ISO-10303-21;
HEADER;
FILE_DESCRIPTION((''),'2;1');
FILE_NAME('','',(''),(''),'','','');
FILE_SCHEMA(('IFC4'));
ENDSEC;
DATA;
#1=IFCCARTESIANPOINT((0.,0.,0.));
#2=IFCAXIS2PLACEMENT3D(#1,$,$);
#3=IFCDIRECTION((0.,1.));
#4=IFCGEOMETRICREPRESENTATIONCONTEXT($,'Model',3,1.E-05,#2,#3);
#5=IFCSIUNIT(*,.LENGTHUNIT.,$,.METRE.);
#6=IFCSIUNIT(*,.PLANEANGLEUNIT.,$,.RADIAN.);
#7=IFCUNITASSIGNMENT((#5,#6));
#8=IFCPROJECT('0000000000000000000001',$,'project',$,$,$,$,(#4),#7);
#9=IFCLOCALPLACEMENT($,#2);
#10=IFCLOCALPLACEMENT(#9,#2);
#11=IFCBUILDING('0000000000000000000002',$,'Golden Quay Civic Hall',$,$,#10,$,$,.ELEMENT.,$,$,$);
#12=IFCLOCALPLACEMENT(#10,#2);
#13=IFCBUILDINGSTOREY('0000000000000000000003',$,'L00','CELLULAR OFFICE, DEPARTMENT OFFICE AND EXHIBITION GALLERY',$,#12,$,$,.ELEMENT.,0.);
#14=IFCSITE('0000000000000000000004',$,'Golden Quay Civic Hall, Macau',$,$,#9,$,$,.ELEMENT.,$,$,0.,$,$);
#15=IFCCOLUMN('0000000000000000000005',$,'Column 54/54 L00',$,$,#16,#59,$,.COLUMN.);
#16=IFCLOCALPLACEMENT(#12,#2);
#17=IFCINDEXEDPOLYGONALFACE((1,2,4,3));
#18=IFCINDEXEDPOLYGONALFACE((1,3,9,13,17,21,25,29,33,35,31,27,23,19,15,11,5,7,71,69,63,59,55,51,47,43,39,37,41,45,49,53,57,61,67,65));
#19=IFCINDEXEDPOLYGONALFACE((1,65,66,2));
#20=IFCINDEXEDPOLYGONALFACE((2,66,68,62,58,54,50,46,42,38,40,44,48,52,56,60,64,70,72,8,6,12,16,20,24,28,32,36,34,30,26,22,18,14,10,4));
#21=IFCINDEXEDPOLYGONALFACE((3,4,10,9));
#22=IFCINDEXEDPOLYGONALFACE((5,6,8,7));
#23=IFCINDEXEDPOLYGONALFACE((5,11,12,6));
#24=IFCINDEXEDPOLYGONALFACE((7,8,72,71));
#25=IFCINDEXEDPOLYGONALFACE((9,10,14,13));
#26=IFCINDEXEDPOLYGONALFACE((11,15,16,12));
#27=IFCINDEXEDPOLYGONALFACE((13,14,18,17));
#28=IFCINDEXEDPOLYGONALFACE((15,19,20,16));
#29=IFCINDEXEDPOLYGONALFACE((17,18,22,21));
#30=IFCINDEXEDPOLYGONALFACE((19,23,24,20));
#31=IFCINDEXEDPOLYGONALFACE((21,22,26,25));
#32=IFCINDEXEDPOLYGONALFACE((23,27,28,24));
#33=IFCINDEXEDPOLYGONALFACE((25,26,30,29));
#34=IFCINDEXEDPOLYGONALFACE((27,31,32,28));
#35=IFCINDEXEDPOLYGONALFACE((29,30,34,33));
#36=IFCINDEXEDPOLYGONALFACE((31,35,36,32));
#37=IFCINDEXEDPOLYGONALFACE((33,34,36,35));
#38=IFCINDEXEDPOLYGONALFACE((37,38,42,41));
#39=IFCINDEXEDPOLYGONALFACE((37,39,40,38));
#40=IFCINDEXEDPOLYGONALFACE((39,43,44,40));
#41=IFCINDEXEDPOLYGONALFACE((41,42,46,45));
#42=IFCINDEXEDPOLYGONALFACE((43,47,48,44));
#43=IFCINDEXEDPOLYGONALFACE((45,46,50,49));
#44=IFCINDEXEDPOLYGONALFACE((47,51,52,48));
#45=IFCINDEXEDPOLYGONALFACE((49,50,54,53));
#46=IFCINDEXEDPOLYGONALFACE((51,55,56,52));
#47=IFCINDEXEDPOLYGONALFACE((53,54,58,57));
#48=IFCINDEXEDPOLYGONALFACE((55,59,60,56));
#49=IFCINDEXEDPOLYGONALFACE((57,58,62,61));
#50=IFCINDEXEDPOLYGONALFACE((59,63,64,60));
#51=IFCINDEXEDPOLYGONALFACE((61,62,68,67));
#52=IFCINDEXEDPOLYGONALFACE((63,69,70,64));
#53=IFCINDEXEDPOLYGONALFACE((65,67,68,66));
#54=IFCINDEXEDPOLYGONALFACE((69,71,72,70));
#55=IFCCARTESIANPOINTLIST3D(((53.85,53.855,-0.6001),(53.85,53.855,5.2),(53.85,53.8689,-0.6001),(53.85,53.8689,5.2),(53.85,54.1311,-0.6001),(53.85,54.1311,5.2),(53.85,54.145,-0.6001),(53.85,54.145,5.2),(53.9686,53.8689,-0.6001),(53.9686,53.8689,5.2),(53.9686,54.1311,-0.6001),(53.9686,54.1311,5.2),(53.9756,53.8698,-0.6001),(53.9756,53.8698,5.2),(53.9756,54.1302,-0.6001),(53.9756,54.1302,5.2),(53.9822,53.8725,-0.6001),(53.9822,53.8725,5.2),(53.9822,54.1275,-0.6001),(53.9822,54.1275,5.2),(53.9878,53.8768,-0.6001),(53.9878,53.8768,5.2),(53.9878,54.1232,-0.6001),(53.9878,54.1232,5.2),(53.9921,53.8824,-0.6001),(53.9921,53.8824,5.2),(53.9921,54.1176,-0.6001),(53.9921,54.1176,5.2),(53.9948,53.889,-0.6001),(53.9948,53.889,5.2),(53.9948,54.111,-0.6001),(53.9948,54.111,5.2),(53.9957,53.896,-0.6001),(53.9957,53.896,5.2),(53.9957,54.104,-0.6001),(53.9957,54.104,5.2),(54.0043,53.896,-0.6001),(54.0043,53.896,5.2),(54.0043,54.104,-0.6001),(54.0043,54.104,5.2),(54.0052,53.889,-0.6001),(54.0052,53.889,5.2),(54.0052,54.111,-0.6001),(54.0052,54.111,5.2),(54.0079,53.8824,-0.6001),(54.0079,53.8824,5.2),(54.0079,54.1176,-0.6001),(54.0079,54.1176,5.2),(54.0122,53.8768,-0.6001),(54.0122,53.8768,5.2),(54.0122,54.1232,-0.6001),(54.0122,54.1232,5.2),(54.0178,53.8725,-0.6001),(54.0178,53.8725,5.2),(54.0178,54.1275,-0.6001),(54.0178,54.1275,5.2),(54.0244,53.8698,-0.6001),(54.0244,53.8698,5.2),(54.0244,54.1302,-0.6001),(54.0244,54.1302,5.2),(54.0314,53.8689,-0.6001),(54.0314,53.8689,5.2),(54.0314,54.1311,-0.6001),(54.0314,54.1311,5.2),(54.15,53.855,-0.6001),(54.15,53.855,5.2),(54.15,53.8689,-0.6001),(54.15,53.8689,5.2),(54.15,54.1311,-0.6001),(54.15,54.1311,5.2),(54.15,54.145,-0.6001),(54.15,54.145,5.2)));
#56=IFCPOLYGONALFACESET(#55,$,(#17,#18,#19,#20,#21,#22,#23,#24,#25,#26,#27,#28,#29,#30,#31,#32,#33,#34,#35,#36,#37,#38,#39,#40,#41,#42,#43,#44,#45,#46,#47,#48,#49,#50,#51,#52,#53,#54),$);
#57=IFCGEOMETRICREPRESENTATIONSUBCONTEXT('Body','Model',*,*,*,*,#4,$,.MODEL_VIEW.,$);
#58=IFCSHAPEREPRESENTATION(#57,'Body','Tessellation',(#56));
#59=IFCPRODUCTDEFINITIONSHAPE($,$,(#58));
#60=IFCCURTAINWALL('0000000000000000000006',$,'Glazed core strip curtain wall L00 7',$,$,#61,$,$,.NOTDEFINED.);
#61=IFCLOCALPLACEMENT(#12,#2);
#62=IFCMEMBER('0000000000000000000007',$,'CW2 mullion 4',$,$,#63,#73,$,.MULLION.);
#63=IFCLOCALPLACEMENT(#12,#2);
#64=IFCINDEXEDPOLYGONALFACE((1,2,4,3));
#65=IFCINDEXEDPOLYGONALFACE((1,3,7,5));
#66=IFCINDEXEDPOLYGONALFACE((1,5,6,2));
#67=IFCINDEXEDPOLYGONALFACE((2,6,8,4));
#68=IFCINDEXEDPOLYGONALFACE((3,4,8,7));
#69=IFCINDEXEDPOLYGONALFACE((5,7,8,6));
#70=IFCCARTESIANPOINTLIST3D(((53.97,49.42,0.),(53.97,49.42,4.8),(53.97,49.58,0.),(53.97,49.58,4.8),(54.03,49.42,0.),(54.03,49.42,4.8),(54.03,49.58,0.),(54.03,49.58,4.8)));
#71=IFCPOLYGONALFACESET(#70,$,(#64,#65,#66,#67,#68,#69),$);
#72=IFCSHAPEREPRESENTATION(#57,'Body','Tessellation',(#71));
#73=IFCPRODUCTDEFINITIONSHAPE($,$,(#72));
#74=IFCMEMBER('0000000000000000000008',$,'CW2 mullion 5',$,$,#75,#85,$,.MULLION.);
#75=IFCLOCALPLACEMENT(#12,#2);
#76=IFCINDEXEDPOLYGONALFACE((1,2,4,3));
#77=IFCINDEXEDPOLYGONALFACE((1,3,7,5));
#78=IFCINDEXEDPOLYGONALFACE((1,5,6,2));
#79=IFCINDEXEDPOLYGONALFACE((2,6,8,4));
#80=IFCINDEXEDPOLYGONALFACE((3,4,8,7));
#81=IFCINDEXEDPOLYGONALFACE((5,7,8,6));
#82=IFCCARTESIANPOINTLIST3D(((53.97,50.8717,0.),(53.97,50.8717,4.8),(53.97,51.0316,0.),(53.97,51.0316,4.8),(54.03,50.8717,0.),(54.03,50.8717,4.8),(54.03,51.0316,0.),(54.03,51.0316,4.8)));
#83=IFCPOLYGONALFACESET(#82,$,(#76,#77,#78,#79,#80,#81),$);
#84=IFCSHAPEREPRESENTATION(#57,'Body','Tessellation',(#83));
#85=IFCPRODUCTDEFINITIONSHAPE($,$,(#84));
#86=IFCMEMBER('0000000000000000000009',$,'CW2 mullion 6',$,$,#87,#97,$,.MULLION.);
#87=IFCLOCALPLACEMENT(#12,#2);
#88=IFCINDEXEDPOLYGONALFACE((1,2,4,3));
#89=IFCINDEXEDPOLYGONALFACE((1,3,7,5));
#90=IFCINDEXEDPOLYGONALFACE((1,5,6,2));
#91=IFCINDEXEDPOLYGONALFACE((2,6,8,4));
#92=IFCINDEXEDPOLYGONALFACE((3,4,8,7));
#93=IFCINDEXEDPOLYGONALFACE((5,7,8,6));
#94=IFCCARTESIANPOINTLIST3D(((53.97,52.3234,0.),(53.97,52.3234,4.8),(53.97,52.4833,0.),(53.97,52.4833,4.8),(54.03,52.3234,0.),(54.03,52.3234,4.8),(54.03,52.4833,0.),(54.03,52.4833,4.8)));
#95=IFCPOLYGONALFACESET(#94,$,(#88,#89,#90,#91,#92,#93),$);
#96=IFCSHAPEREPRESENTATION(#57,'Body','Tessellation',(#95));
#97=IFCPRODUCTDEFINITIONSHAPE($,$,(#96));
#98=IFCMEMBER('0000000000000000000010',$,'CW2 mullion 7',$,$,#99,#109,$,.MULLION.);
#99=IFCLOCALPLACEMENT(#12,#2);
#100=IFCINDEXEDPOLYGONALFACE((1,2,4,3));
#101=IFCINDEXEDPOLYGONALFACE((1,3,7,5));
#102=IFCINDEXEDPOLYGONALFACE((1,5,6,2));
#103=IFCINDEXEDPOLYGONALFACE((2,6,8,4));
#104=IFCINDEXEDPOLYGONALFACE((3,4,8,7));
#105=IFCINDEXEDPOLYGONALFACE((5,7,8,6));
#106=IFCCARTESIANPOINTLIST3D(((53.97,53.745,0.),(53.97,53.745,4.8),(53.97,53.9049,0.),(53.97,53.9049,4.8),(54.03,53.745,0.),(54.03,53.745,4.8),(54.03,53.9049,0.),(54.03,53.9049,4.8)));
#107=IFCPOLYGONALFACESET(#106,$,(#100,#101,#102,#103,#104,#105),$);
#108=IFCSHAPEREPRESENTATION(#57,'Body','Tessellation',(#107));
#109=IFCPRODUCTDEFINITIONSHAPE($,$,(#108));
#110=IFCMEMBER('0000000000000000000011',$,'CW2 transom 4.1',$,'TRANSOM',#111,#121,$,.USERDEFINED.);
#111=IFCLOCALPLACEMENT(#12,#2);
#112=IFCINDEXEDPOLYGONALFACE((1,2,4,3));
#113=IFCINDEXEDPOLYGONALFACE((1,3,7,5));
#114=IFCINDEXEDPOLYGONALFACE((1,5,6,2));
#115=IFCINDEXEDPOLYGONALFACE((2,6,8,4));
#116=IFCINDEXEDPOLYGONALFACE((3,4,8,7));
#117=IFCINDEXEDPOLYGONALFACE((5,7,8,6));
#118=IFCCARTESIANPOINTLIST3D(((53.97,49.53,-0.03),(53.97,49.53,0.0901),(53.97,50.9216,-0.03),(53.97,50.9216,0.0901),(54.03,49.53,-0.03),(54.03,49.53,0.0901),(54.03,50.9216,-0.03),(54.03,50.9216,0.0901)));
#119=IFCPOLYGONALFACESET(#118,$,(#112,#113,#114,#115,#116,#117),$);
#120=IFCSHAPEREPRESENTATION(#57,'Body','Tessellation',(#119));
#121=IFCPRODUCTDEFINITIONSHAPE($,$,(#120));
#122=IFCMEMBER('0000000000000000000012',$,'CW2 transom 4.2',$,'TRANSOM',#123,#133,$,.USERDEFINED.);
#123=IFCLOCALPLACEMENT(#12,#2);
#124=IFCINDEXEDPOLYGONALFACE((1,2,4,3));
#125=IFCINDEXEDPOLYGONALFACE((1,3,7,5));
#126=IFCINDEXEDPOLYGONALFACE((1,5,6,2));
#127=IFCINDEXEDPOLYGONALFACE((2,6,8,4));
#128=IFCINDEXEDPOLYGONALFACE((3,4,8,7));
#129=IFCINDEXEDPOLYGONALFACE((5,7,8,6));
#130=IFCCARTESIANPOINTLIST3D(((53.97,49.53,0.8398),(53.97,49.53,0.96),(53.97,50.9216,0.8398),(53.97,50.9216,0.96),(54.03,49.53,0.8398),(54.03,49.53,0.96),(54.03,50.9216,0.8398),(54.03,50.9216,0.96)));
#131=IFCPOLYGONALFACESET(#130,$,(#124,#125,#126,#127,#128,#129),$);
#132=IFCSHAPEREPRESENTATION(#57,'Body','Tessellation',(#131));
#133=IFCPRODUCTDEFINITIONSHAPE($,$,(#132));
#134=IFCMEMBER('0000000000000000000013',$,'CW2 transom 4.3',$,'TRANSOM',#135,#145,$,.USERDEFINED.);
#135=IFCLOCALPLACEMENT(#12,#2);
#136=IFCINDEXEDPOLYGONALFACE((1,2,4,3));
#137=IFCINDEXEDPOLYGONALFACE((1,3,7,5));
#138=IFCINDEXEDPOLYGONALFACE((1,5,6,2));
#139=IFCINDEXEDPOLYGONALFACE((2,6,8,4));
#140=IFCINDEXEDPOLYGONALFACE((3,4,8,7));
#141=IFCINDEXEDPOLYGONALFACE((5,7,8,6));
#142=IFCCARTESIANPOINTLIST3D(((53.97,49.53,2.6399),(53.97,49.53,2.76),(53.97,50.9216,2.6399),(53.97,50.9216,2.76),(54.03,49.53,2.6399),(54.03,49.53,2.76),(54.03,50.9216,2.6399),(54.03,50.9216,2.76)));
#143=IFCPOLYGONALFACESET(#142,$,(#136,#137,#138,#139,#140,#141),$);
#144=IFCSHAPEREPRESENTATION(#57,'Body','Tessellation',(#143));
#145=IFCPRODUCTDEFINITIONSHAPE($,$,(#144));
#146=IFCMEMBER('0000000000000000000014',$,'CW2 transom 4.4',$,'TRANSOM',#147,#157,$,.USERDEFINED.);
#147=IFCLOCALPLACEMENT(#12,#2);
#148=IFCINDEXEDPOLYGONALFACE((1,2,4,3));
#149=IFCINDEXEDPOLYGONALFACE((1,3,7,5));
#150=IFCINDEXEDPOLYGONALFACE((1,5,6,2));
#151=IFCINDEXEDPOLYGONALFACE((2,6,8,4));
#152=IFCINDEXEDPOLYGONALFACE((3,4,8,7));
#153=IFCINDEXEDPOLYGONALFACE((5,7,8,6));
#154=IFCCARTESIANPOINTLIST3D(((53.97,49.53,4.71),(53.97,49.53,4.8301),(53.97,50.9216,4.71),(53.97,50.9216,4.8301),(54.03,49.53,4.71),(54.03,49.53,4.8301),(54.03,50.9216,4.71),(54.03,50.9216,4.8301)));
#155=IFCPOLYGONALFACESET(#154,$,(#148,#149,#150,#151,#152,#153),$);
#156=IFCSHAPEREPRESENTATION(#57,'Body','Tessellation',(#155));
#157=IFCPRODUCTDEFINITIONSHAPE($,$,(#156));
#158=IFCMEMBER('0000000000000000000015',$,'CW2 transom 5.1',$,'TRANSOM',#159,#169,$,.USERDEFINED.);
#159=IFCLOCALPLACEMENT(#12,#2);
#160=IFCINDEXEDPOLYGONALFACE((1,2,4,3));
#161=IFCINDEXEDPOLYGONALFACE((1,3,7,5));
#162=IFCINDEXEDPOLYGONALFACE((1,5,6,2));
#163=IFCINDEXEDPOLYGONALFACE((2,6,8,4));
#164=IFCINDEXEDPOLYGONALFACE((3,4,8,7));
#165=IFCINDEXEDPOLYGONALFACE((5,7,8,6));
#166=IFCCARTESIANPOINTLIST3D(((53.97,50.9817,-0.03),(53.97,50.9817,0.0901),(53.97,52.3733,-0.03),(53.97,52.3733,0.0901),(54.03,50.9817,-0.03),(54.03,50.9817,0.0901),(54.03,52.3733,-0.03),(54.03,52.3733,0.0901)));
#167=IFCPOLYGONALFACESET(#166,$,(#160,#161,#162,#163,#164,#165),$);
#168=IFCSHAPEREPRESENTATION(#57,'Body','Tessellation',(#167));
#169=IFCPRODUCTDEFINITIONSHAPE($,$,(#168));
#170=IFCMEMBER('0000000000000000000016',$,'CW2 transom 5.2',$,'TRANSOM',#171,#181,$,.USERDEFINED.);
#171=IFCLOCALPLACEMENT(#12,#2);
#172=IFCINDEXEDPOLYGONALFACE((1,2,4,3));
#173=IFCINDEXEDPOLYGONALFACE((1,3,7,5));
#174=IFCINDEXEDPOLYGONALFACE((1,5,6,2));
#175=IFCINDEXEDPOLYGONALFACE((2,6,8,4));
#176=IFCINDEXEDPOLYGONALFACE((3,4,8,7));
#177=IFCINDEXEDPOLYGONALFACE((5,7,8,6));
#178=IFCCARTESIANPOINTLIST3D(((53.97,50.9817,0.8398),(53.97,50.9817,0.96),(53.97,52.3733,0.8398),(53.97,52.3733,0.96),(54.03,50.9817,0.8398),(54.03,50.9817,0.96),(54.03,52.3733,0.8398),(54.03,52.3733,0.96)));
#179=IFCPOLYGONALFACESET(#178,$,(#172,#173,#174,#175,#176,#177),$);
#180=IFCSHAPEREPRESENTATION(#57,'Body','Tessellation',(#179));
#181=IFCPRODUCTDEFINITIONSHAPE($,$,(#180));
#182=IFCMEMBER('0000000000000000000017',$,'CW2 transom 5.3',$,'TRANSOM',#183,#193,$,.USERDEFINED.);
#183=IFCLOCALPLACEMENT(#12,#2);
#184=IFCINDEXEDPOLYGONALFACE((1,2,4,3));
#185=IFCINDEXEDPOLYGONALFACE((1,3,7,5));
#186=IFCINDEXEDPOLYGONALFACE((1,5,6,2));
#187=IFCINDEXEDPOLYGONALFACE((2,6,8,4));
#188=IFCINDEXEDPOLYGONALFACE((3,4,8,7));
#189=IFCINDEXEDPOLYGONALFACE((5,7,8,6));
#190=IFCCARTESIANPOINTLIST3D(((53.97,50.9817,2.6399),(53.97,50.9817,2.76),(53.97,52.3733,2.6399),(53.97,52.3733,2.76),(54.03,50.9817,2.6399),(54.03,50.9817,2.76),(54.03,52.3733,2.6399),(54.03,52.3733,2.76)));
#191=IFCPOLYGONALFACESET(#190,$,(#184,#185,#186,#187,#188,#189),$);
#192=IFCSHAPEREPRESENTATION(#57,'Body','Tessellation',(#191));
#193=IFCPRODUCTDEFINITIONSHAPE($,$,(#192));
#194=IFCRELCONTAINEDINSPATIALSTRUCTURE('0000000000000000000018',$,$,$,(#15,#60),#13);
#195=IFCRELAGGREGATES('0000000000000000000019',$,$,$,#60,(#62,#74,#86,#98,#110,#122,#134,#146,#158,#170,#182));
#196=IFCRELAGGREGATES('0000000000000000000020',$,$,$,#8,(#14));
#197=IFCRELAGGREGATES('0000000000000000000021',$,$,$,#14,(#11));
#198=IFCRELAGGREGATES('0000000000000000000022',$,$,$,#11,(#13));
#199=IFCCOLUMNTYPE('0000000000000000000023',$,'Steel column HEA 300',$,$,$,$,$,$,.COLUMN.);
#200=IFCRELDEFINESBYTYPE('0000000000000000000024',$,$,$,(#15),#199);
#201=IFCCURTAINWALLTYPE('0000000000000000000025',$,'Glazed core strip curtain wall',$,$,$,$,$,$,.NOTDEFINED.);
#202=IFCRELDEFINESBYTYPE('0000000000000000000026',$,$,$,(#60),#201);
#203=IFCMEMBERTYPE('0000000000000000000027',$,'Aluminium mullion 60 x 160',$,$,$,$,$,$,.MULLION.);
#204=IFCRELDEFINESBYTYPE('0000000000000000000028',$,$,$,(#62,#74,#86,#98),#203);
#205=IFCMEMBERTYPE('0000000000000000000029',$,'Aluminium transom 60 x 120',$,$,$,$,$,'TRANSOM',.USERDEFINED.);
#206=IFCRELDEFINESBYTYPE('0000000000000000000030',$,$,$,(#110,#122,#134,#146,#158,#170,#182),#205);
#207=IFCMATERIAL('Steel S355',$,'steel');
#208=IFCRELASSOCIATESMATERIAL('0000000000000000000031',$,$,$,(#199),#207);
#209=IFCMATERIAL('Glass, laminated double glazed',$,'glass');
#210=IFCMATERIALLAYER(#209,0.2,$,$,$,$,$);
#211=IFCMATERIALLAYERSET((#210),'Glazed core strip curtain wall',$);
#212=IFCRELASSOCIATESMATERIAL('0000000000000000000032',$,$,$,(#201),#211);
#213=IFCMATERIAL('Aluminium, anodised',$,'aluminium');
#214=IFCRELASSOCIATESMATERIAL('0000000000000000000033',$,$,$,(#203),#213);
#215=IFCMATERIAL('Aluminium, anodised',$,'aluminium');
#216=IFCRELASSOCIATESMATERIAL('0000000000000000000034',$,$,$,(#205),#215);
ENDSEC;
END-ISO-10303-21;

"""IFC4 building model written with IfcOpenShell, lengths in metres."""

from ifc_helpers import new_model, si_unit, direction, frame, origin, origin_2d, place, context, subcontext, project, spatial, rectangle, i_section, extrude, material, layer, layer_set, material_profile, profile_set, type_object, element, aggregate, save


model = new_model("IFC4")

# Units and contexts
model_context = context("Model", 3, precision=1e-05, world=origin(), true_north=direction((0.0, 1.0)))
body_context = subcontext(model_context, "Body", "Model", "MODEL_VIEW")
ifc_project = project(units=[si_unit("LENGTHUNIT", "METRE"), si_unit("PLANEANGLEUNIT", "RADIAN")], contexts=[model_context])

# Site, building, storey
site_placement = place(None, origin())
site = spatial("IfcSite", under=ifc_project, at=site_placement, Name="Golden Quay Civic Hall, Macau", CompositionType="ELEMENT", RefElevation=0.0)
building_placement = place(site_placement, origin())
building = spatial("IfcBuilding", under=site, at=building_placement, Name="Golden Quay Civic Hall", CompositionType="ELEMENT")
storey_placement = place(building_placement, origin())
storey = spatial("IfcBuildingStorey", under=building, at=storey_placement, Name="L00", Description="CELLULAR OFFICE, DEPARTMENT OFFICE AND EXHIBITION GALLERY", CompositionType="ELEMENT", Elevation=0.0)

# Column
ifc_material_1 = material(Name="Steel S355", Category="steel")
ifc_material_profile_1 = material_profile(ifc_material_1, i_section(OverallWidth=0.3, OverallDepth=0.29, WebThickness=0.0085, FlangeThickness=0.0139, FilletRadius=0.0271, at=origin_2d()), Name="HEA 300")
ifc_profile_set_1 = profile_set([ifc_material_profile_1], Name="Steel S355")
column_type = type_object("IfcColumnType", Name="Steel column HEA 300", PredefinedType="COLUMN", material=ifc_profile_set_1)
column_placement = place(storey_placement, frame((54.0, 54.0, -0.6001), z_axis=(0.0, 0.0, 1.0), x_axis=(1.0, 0.0, 0.0)))
element("IfcColumn", 1, at=column_placement, inside=storey, type_object=column_type, Name="Column 54/54 L00", PredefinedType="COLUMN", context=body_context, shape_type="SweptSolid", body=[
    extrude(i_section(OverallWidth=0.3, OverallDepth=0.29, WebThickness=0.0085, FlangeThickness=0.0139, FilletRadius=0.0271, at=origin_2d()), origin(), (0.0, 0.0, 1.0), 5.8),
])

# Curtain wall, members
ifc_material_2 = material(Name="Glass, laminated double glazed", Category="glass")
ifc_layer_1 = layer(ifc_material_2, 0.2)
ifc_layer_set_1 = layer_set([ifc_layer_1], Name="Glazed core strip curtain wall")
curtain_wall_type = type_object("IfcCurtainWallType", Name="Glazed core strip curtain wall", PredefinedType="NOTDEFINED", material=ifc_layer_set_1)
curtain_wall_placement = place(storey_placement, origin())
curtain_wall = element("IfcCurtainWall", 2, at=curtain_wall_placement, inside=storey, type_object=curtain_wall_type, Name="Glazed core strip curtain wall L00 7", PredefinedType="NOTDEFINED")
ifc_material_3 = material(Name="Aluminium, anodised", Category="aluminium")
ifc_material_profile_2 = material_profile(ifc_material_3, rectangle(XDim=0.0601, YDim=0.1599, at=origin_2d()), Name="Aluminium 60 x 160")
ifc_profile_set_2 = profile_set([ifc_material_profile_2], Name="Aluminium, anodised")
member_type_1 = type_object("IfcMemberType", Name="Aluminium mullion 60 x 160", PredefinedType="MULLION", material=ifc_profile_set_2)
member_1_placement = place(storey_placement, frame((54.0, 49.5, 0.0), z_axis=(0.0, 0.0, 1.0), x_axis=(-1.0, 0.0, 0.0)))
member_1 = element("IfcMember", 3, at=member_1_placement, type_object=member_type_1, Name="CW2 mullion 4", PredefinedType="MULLION", context=body_context, shape_type="SweptSolid", body=[
    extrude(rectangle(XDim=0.0601, YDim=0.1599, at=origin_2d()), origin(), (0.0, 0.0, 1.0), 4.8),
])
member_2_placement = place(storey_placement, frame((54.0, 50.9517, 0.0), z_axis=(0.0, 0.0, 1.0), x_axis=(-1.0, 0.0, 0.0)))
member_2 = element("IfcMember", 4, at=member_2_placement, type_object=member_type_1, Name="CW2 mullion 5", PredefinedType="MULLION", context=body_context, shape_type="SweptSolid", body=[
    extrude(rectangle(XDim=0.0601, YDim=0.1599, at=origin_2d()), origin(), (0.0, 0.0, 1.0), 4.8),
])
member_3_placement = place(storey_placement, frame((54.0, 52.4033, 0.0), z_axis=(0.0, 0.0, 1.0), x_axis=(-1.0, 0.0, 0.0)))
member_3 = element("IfcMember", 5, at=member_3_placement, type_object=member_type_1, Name="CW2 mullion 6", PredefinedType="MULLION", context=body_context, shape_type="SweptSolid", body=[
    extrude(rectangle(XDim=0.0601, YDim=0.1599, at=origin_2d()), origin(), (0.0, 0.0, 1.0), 4.8),
])
member_4_placement = place(storey_placement, frame((54.0, 53.825, 0.0), z_axis=(0.0, 0.0, 1.0), x_axis=(-1.0, 0.0, 0.0)))
member_4 = element("IfcMember", 6, at=member_4_placement, type_object=member_type_1, Name="CW2 mullion 7", PredefinedType="MULLION", context=body_context, shape_type="SweptSolid", body=[
    extrude(rectangle(XDim=0.0601, YDim=0.1599, at=origin_2d()), origin(), (0.0, 0.0, 1.0), 4.8),
])
ifc_material_4 = material(Name="Aluminium, anodised", Category="aluminium")
ifc_material_profile_3 = material_profile(ifc_material_4, rectangle(XDim=0.0601, YDim=0.1201, at=origin_2d()), Name="Aluminium 60 x 120")
ifc_profile_set_3 = profile_set([ifc_material_profile_3], Name="Aluminium, anodised")
member_type_2 = type_object("IfcMemberType", Name="Aluminium transom 60 x 120", ElementType="TRANSOM", PredefinedType="USERDEFINED", material=ifc_profile_set_3)
member_5_placement = place(storey_placement, frame((54.0, 49.53, 0.03), z_axis=(0.0, 1.0, 0.0), x_axis=(-1.0, 0.0, 0.0)))
member_5 = element("IfcMember", 7, at=member_5_placement, type_object=member_type_2, Name="CW2 transom 4.1", ObjectType="TRANSOM", PredefinedType="USERDEFINED", context=body_context, shape_type="SweptSolid", body=[
    extrude(rectangle(XDim=0.0601, YDim=0.1201, at=origin_2d()), origin(), (0.0, 0.0, 1.0), 1.3916),
])
member_6_placement = place(storey_placement, frame((54.0, 49.53, 0.8999), z_axis=(0.0, 1.0, 0.0), x_axis=(-1.0, 0.0, 0.0)))
member_6 = element("IfcMember", 8, at=member_6_placement, type_object=member_type_2, Name="CW2 transom 4.2", ObjectType="TRANSOM", PredefinedType="USERDEFINED", context=body_context, shape_type="SweptSolid", body=[
    extrude(rectangle(XDim=0.0601, YDim=0.1201, at=origin_2d()), origin(), (0.0, 0.0, 1.0), 1.3916),
])
member_7_placement = place(storey_placement, frame((54.0, 49.53, 2.7), z_axis=(0.0, 1.0, 0.0), x_axis=(-1.0, 0.0, 0.0)))
member_7 = element("IfcMember", 9, at=member_7_placement, type_object=member_type_2, Name="CW2 transom 4.3", ObjectType="TRANSOM", PredefinedType="USERDEFINED", context=body_context, shape_type="SweptSolid", body=[
    extrude(rectangle(XDim=0.0601, YDim=0.1201, at=origin_2d()), origin(), (0.0, 0.0, 1.0), 1.3916),
])
member_8_placement = place(storey_placement, frame((54.0, 49.53, 4.77), z_axis=(0.0, 1.0, 0.0), x_axis=(-1.0, 0.0, 0.0)))
member_8 = element("IfcMember", 10, at=member_8_placement, type_object=member_type_2, Name="CW2 transom 4.4", ObjectType="TRANSOM", PredefinedType="USERDEFINED", context=body_context, shape_type="SweptSolid", body=[
    extrude(rectangle(XDim=0.0601, YDim=0.1201, at=origin_2d()), origin(), (0.0, 0.0, 1.0), 1.3916),
])
member_9_placement = place(storey_placement, frame((54.0, 50.9817, 0.03), z_axis=(0.0, 1.0, 0.0), x_axis=(-1.0, 0.0, 0.0)))
member_9 = element("IfcMember", 11, at=member_9_placement, type_object=member_type_2, Name="CW2 transom 5.1", ObjectType="TRANSOM", PredefinedType="USERDEFINED", context=body_context, shape_type="SweptSolid", body=[
    extrude(rectangle(XDim=0.0601, YDim=0.1201, at=origin_2d()), origin(), (0.0, 0.0, 1.0), 1.3916),
])
member_10_placement = place(storey_placement, frame((54.0, 50.9817, 0.8999), z_axis=(0.0, 1.0, 0.0), x_axis=(-1.0, 0.0, 0.0)))
member_10 = element("IfcMember", 12, at=member_10_placement, type_object=member_type_2, Name="CW2 transom 5.2", ObjectType="TRANSOM", PredefinedType="USERDEFINED", context=body_context, shape_type="SweptSolid", body=[
    extrude(rectangle(XDim=0.0601, YDim=0.1201, at=origin_2d()), origin(), (0.0, 0.0, 1.0), 1.3916),
])
member_11_placement = place(storey_placement, frame((54.0, 50.9817, 2.7), z_axis=(0.0, 1.0, 0.0), x_axis=(-1.0, 0.0, 0.0)))
member_11 = element("IfcMember", 13, at=member_11_placement, type_object=member_type_2, Name="CW2 transom 5.3", ObjectType="TRANSOM", PredefinedType="USERDEFINED", context=body_context, shape_type="SweptSolid", body=[
    extrude(rectangle(XDim=0.0601, YDim=0.1201, at=origin_2d()), origin(), (0.0, 0.0, 1.0), 1.3916),
])
aggregate(curtain_wall, [member_1, member_2, member_3, member_4, member_5, member_6, member_7, member_8, member_9, member_10, member_11])

save(model, "model.ifc")
